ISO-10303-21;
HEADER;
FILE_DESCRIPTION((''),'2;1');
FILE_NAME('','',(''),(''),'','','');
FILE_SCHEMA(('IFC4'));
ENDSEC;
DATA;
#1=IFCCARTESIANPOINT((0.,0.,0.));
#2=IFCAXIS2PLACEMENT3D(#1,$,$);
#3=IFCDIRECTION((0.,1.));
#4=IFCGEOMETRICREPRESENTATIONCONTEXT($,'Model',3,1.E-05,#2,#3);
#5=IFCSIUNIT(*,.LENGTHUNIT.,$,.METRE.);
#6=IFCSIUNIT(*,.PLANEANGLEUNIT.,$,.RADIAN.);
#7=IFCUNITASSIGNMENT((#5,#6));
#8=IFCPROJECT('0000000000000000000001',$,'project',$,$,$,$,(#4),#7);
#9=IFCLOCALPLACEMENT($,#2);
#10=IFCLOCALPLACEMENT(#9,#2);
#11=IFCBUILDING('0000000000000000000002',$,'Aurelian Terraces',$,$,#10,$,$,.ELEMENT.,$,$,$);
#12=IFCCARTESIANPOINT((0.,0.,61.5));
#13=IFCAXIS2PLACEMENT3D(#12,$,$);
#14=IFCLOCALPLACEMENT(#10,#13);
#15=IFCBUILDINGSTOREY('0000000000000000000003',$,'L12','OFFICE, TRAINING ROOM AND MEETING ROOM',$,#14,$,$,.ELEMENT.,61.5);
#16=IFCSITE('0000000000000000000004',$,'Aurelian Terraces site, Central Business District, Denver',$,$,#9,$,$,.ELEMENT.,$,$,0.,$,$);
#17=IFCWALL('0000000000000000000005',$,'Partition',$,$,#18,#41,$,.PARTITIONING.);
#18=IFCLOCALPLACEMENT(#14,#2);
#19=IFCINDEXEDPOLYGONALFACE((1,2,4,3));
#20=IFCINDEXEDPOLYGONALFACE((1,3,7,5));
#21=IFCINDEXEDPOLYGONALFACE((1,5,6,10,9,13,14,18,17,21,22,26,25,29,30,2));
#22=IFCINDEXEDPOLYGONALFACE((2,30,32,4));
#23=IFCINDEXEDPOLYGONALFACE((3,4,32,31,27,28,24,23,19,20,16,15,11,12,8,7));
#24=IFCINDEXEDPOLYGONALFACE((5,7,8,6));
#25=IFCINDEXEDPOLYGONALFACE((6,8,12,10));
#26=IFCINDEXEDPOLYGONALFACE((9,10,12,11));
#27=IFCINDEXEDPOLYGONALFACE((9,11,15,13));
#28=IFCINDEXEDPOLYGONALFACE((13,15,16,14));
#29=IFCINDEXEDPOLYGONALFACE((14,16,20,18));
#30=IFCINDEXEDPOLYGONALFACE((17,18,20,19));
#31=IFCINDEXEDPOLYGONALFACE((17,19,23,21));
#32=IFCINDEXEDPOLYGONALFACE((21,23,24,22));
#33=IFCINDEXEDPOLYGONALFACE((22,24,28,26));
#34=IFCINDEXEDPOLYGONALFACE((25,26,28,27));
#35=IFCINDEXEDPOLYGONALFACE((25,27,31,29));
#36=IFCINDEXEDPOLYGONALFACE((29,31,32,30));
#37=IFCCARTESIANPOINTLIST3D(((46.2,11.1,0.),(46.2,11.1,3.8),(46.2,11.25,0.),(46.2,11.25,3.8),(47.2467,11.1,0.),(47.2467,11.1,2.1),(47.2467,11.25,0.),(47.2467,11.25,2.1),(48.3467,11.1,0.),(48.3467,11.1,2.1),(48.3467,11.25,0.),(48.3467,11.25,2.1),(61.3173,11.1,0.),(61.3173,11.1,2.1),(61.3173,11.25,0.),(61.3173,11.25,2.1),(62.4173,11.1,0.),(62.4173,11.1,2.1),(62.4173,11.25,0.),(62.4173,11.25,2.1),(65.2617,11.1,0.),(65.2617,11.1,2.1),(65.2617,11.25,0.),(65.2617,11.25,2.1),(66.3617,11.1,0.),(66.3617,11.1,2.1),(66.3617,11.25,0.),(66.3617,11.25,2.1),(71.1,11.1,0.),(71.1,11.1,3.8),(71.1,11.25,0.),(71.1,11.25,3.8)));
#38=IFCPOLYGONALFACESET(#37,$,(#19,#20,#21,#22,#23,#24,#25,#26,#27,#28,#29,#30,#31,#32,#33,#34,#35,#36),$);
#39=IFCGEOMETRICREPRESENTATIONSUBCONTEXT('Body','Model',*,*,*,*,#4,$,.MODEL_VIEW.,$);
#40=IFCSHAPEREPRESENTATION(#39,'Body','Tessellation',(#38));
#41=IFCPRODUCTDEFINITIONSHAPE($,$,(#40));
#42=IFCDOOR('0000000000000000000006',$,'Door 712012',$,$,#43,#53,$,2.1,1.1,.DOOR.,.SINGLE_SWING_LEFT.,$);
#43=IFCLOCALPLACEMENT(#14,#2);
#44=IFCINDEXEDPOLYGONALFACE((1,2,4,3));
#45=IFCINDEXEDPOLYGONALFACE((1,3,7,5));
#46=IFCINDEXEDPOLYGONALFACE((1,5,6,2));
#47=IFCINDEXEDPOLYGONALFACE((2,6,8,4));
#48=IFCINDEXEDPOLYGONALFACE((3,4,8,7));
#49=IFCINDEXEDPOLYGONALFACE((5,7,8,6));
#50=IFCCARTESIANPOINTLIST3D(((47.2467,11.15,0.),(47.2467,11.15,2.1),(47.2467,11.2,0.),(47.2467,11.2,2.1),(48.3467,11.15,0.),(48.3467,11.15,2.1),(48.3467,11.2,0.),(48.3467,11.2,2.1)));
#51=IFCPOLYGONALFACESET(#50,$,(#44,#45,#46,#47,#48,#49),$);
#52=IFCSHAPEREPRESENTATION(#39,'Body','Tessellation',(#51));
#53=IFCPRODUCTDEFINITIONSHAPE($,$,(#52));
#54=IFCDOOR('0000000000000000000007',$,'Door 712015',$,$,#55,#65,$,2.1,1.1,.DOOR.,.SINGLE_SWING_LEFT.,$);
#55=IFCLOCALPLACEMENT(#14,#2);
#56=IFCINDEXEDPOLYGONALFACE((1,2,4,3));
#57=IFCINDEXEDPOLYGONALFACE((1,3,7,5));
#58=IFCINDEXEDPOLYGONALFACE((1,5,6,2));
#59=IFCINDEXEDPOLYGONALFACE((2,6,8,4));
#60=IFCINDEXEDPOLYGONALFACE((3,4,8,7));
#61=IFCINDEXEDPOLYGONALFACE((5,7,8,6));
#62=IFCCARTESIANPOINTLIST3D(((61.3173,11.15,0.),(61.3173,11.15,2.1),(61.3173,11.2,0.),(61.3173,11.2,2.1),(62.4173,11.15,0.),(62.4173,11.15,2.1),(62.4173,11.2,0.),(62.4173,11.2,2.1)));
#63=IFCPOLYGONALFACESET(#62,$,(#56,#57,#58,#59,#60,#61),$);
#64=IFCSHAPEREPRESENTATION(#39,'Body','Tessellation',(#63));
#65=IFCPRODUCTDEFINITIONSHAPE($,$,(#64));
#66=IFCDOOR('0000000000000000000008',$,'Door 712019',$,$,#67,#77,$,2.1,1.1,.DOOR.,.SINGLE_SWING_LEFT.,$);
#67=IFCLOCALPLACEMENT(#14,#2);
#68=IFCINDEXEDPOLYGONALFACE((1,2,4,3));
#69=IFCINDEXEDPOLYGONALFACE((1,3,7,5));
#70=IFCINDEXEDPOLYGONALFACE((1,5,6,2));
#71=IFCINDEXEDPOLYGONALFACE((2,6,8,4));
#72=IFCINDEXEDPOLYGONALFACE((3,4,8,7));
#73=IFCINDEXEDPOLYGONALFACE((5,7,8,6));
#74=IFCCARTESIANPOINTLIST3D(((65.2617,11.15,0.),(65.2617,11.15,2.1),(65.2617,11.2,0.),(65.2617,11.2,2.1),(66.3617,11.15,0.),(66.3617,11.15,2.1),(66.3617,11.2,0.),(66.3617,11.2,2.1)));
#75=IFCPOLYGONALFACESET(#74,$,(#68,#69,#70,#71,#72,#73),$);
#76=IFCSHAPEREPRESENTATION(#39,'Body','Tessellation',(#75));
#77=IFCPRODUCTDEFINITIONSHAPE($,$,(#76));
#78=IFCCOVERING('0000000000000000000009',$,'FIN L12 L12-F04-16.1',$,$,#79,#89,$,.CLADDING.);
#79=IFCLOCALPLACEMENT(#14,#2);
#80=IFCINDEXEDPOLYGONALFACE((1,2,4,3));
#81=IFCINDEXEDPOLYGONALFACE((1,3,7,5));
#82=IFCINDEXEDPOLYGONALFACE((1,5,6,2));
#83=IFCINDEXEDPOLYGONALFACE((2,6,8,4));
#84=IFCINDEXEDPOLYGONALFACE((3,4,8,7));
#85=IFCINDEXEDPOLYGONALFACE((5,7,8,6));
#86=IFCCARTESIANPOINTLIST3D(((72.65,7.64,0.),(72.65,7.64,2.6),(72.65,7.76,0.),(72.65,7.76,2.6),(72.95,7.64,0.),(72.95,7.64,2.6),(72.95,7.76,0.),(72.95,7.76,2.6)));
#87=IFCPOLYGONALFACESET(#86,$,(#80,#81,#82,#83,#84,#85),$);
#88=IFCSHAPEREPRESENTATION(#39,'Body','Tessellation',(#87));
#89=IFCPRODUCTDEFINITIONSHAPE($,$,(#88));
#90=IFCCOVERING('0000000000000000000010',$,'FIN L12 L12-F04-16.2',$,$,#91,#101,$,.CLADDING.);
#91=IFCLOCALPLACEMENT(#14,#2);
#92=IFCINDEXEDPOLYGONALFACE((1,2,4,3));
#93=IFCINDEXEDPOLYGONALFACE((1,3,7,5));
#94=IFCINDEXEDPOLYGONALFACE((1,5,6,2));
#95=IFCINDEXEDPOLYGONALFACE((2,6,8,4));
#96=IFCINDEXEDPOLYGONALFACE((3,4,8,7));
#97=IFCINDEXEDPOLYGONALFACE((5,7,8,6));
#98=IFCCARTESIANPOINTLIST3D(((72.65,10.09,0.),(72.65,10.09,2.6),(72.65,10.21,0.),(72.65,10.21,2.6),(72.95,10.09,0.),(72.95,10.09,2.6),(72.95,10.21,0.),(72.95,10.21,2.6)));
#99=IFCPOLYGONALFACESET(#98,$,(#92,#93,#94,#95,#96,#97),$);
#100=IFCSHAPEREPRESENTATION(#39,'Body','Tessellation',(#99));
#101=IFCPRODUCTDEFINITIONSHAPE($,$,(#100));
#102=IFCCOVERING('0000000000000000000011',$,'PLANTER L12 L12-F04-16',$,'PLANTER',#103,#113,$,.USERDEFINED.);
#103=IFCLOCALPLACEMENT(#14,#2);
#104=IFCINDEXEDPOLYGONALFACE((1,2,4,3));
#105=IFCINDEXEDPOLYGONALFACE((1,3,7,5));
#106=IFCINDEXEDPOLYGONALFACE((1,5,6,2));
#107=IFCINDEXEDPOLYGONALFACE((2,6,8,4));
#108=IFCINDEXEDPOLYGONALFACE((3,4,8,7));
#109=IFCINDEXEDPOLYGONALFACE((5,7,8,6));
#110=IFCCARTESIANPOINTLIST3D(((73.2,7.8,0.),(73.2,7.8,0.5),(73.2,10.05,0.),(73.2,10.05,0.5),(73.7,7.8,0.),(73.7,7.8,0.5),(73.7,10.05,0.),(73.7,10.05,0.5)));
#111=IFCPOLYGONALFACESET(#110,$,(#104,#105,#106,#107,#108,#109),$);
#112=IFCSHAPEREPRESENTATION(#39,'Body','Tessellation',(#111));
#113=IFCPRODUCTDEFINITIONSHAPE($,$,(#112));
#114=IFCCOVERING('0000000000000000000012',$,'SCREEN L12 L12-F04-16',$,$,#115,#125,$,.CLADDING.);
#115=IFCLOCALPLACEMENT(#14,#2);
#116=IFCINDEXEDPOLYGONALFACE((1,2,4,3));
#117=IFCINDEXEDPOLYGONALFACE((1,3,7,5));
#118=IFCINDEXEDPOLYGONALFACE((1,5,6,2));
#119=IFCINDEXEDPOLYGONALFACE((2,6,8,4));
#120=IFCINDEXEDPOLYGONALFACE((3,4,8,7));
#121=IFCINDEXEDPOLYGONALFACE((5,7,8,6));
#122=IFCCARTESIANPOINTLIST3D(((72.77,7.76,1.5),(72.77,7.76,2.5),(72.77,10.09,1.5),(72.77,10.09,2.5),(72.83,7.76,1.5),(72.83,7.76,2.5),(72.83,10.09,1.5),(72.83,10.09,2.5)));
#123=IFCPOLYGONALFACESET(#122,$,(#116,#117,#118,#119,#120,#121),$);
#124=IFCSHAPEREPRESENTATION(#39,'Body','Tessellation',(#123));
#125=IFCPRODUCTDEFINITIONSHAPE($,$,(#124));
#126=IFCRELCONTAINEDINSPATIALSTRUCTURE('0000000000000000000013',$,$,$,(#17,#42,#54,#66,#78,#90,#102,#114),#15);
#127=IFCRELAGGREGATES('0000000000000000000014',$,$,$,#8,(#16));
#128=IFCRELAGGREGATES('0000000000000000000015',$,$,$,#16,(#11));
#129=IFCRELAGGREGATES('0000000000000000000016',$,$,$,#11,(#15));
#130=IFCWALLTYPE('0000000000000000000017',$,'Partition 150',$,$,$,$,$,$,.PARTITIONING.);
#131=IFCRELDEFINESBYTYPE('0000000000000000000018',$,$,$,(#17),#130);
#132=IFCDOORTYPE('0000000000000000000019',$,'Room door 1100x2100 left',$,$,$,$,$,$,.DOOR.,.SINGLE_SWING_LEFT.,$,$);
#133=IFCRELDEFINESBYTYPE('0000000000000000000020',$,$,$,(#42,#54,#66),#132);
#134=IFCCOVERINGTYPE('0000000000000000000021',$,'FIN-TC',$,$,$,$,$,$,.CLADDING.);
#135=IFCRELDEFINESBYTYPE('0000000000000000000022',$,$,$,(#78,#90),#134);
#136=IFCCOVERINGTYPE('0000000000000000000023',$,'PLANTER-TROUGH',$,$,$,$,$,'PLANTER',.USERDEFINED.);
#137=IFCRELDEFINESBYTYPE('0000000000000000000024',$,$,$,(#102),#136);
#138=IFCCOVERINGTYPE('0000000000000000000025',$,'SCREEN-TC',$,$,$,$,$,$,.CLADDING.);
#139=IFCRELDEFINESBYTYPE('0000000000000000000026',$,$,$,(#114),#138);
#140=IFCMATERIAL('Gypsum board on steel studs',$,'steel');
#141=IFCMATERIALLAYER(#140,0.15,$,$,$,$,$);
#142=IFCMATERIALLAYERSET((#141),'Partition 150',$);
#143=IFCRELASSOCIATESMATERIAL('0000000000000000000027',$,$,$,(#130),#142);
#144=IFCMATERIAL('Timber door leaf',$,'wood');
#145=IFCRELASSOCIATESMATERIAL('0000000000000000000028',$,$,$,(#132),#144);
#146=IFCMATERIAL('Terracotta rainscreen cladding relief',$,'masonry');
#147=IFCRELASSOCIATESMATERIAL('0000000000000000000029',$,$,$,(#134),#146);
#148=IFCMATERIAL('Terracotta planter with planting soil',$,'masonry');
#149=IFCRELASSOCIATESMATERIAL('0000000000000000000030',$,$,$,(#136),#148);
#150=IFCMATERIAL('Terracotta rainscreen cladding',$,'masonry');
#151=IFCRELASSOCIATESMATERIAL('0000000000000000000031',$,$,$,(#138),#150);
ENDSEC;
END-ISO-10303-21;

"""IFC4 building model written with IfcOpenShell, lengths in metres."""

from ifc_helpers import new_model, si_unit, direction, frame, frame_2d, origin, origin_2d, place, context, subcontext, project, spatial, rectangle, extrude, source, transform, mapped, material, layer, layer_set, type_object, element, fill, save


model = new_model("IFC4")

# Units and contexts
model_context = context("Model", 3, precision=1e-05, world=origin(), true_north=direction((0.0, 1.0)))
body_context = subcontext(model_context, "Body", "Model", "MODEL_VIEW")
ifc_project = project(units=[si_unit("LENGTHUNIT", "METRE"), si_unit("PLANEANGLEUNIT", "RADIAN")], contexts=[model_context])

# Site, building, storey
site_placement = place(None, origin())
site = spatial("IfcSite", under=ifc_project, at=site_placement, Name="Aurelian Terraces site, Central Business District, Denver", CompositionType="ELEMENT", RefElevation=0.0)
building_placement = place(site_placement, origin())
building = spatial("IfcBuilding", under=site, at=building_placement, Name="Aurelian Terraces", CompositionType="ELEMENT")
storey_placement = place(building_placement, frame((0.0, 0.0, 61.5)))
storey = spatial("IfcBuildingStorey", under=building, at=storey_placement, Name="L12", Description="OFFICE, TRAINING ROOM AND MEETING ROOM", CompositionType="ELEMENT", Elevation=61.5)

# Shared definitions
ifc_material_1 = material(Name="Terracotta rainscreen cladding", Category="masonry")

# Wall, openings, doors
ifc_material_2 = material(Name="Gypsum board on steel studs", Category="steel")
ifc_layer_1 = layer(ifc_material_2, 0.15)
ifc_layer_set_1 = layer_set([ifc_layer_1], Name="Partition 150")
wall_type_1 = type_object("IfcWallType", Name="Partition 150", PredefinedType="PARTITIONING", material=ifc_layer_set_1)
shared_shape_1 = source(origin(), body_context, "Body", "SweptSolid", [
    extrude(rectangle(XDim=24.9, YDim=0.15, at=frame_2d((12.45, 0.0))), origin(), (0.0, 0.0, 1.0), 3.8),
])
wall_1_placement = place(storey_placement, frame((71.1, 11.175, 0.0), z_axis=(0.0, 0.0, 1.0), x_axis=(-1.0, 0.0, 0.0)))
wall_1 = element("IfcWall", 1, at=wall_1_placement, inside=storey, type_object=wall_type_1, Name="Partition", PredefinedType="PARTITIONING", context=body_context, shape_type="MappedRepresentation", body=[
    mapped(shared_shape_1, transform((0.0, 0.0, 0.0), scale=1.0)),
])
shared_shape_2 = source(origin(), body_context, "Body", "SweptSolid", [
    extrude(rectangle(XDim=1.1, YDim=2.1, at=frame_2d((0.55, 1.05))), frame((0.0, 0.085, 0.0), z_axis=(0.0, -1.0, 0.0), x_axis=(1.0, 0.0, 0.0)), (0.0, 0.0, 1.0), 0.17),
])
opening_1_placement = place(wall_1_placement, frame((22.7533, 0.0, 0.0)))
opening_1 = element("IfcOpeningElement", 2, at=opening_1_placement, cuts=wall_1, PredefinedType="OPENING", context=body_context, shape_type="MappedRepresentation", body=[
    mapped(shared_shape_2, transform((0.0, 0.0, 0.0), scale=1.0)),
])
opening_2_placement = place(wall_1_placement, frame((8.6827, 0.0, 0.0)))
opening_2 = element("IfcOpeningElement", 3, at=opening_2_placement, cuts=wall_1, PredefinedType="OPENING", context=body_context, shape_type="MappedRepresentation", body=[
    mapped(shared_shape_2, transform((0.0, 0.0, 0.0), scale=1.0)),
])
opening_3_placement = place(wall_1_placement, frame((4.7383, 0.0, 0.0)))
opening_3 = element("IfcOpeningElement", 4, at=opening_3_placement, cuts=wall_1, PredefinedType="OPENING", context=body_context, shape_type="MappedRepresentation", body=[
    mapped(shared_shape_2, transform((0.0, 0.0, 0.0), scale=1.0)),
])
ifc_material_3 = material(Name="Timber door leaf", Category="wood")
door_type_1 = type_object("IfcDoorType", Name="Room door 1100x2100 left", OperationType="SINGLE_SWING_LEFT", PredefinedType="DOOR", material=ifc_material_3)
shared_shape_3 = source(origin(), body_context, "Body", "SweptSolid", [
    extrude(rectangle(XDim=1.1, YDim=2.1, at=frame_2d((0.55, 1.05))), frame((0.0, 0.025, 0.0), z_axis=(0.0, -1.0, 0.0), x_axis=(1.0, 0.0, 0.0)), (0.0, 0.0, 1.0), 0.05),
])
door_1_placement = place(opening_1_placement, origin())
door_1 = element("IfcDoor", 5, at=door_1_placement, inside=storey, type_object=door_type_1, Name="Door 712012", OperationType="SINGLE_SWING_LEFT", OverallHeight=2.1, OverallWidth=1.1, PredefinedType="DOOR", context=body_context, shape_type="MappedRepresentation", body=[
    mapped(shared_shape_3, transform((0.0, 0.0, 0.0), scale=1.0)),
])
fill(opening_1, door_1)
door_2_placement = place(opening_2_placement, origin())
door_2 = element("IfcDoor", 6, at=door_2_placement, inside=storey, type_object=door_type_1, Name="Door 712015", OperationType="SINGLE_SWING_LEFT", OverallHeight=2.1, OverallWidth=1.1, PredefinedType="DOOR", context=body_context, shape_type="MappedRepresentation", body=[
    mapped(shared_shape_3, transform((0.0, 0.0, 0.0), scale=1.0)),
])
fill(opening_2, door_2)
door_3_placement = place(opening_3_placement, origin())
door_3 = element("IfcDoor", 7, at=door_3_placement, inside=storey, type_object=door_type_1, Name="Door 712019", OperationType="SINGLE_SWING_LEFT", OverallHeight=2.1, OverallWidth=1.1, PredefinedType="DOOR", context=body_context, shape_type="MappedRepresentation", body=[
    mapped(shared_shape_3, transform((0.0, 0.0, 0.0), scale=1.0)),
])
fill(opening_3, door_3)

# Coverings
ifc_material_4 = material(Name="Terracotta rainscreen cladding relief", Category="masonry")
covering_type_1 = type_object("IfcCoveringType", Name="FIN-TC", PredefinedType="CLADDING", material=ifc_material_4)
shared_shape_4 = source(origin(), body_context, "Body", "SweptSolid", [
    extrude(rectangle(XDim=0.3, YDim=0.12, at=origin_2d()), origin(), (0.0, 0.0, 1.0), 2.6),
])
for number, where, z_axis, x_axis, name in (
    (8, (72.8, 7.7, 0.0), (0.0, 0.0, 1.0), (1.0, 0.0, 0.0), "FIN L12 L12-F04-16.1"),
    (9, (72.8, 10.15, 0.0), (0.0, 0.0, 1.0), (1.0, 0.0, 0.0), "FIN L12 L12-F04-16.2"),
):
    element("IfcCovering", number, at=place(storey_placement, frame(where, z_axis=z_axis, x_axis=x_axis)), inside=storey, type_object=covering_type_1, Name=name, PredefinedType="CLADDING", context=body_context, shape_type="MappedRepresentation", body=[
        mapped(shared_shape_4, transform((0.0, 0.0, 0.0), scale=1.0)),
    ])

# Coverings
ifc_material_5 = material(Name="Terracotta planter with planting soil", Category="masonry")
covering_type_2 = type_object("IfcCoveringType", Name="PLANTER-TROUGH", ElementType="PLANTER", PredefinedType="USERDEFINED", material=ifc_material_5)
shared_shape_5 = source(origin(), body_context, "Body", "SweptSolid", [
    extrude(rectangle(XDim=0.5, YDim=2.25, at=origin_2d()), origin(), (0.0, 0.0, 1.0), 0.5),
])
covering_1_placement = place(storey_placement, frame((73.45, 8.925, 0.0), z_axis=(0.0, 0.0, 1.0), x_axis=(1.0, 0.0, 0.0)))
element("IfcCovering", 10, at=covering_1_placement, inside=storey, type_object=covering_type_2, Name="PLANTER L12 L12-F04-16", ObjectType="PLANTER", PredefinedType="USERDEFINED", context=body_context, shape_type="MappedRepresentation", body=[
    mapped(shared_shape_5, transform((0.0, 0.0, 0.0), scale=1.0)),
])
covering_type_3 = type_object("IfcCoveringType", Name="SCREEN-TC", PredefinedType="CLADDING", material=ifc_material_1)
shared_shape_6 = source(origin(), body_context, "Body", "SweptSolid", [
    extrude(rectangle(XDim=0.06, YDim=2.33, at=origin_2d()), origin(), (0.0, 0.0, 1.0), 1.0),
])
covering_2_placement = place(storey_placement, frame((72.8, 8.925, 1.5), z_axis=(0.0, 0.0, 1.0), x_axis=(1.0, 0.0, 0.0)))
element("IfcCovering", 11, at=covering_2_placement, inside=storey, type_object=covering_type_3, Name="SCREEN L12 L12-F04-16", PredefinedType="CLADDING", context=body_context, shape_type="MappedRepresentation", body=[
    mapped(shared_shape_6, transform((0.0, 0.0, 0.0), scale=1.0)),
])

save(model, "model.ifc")
